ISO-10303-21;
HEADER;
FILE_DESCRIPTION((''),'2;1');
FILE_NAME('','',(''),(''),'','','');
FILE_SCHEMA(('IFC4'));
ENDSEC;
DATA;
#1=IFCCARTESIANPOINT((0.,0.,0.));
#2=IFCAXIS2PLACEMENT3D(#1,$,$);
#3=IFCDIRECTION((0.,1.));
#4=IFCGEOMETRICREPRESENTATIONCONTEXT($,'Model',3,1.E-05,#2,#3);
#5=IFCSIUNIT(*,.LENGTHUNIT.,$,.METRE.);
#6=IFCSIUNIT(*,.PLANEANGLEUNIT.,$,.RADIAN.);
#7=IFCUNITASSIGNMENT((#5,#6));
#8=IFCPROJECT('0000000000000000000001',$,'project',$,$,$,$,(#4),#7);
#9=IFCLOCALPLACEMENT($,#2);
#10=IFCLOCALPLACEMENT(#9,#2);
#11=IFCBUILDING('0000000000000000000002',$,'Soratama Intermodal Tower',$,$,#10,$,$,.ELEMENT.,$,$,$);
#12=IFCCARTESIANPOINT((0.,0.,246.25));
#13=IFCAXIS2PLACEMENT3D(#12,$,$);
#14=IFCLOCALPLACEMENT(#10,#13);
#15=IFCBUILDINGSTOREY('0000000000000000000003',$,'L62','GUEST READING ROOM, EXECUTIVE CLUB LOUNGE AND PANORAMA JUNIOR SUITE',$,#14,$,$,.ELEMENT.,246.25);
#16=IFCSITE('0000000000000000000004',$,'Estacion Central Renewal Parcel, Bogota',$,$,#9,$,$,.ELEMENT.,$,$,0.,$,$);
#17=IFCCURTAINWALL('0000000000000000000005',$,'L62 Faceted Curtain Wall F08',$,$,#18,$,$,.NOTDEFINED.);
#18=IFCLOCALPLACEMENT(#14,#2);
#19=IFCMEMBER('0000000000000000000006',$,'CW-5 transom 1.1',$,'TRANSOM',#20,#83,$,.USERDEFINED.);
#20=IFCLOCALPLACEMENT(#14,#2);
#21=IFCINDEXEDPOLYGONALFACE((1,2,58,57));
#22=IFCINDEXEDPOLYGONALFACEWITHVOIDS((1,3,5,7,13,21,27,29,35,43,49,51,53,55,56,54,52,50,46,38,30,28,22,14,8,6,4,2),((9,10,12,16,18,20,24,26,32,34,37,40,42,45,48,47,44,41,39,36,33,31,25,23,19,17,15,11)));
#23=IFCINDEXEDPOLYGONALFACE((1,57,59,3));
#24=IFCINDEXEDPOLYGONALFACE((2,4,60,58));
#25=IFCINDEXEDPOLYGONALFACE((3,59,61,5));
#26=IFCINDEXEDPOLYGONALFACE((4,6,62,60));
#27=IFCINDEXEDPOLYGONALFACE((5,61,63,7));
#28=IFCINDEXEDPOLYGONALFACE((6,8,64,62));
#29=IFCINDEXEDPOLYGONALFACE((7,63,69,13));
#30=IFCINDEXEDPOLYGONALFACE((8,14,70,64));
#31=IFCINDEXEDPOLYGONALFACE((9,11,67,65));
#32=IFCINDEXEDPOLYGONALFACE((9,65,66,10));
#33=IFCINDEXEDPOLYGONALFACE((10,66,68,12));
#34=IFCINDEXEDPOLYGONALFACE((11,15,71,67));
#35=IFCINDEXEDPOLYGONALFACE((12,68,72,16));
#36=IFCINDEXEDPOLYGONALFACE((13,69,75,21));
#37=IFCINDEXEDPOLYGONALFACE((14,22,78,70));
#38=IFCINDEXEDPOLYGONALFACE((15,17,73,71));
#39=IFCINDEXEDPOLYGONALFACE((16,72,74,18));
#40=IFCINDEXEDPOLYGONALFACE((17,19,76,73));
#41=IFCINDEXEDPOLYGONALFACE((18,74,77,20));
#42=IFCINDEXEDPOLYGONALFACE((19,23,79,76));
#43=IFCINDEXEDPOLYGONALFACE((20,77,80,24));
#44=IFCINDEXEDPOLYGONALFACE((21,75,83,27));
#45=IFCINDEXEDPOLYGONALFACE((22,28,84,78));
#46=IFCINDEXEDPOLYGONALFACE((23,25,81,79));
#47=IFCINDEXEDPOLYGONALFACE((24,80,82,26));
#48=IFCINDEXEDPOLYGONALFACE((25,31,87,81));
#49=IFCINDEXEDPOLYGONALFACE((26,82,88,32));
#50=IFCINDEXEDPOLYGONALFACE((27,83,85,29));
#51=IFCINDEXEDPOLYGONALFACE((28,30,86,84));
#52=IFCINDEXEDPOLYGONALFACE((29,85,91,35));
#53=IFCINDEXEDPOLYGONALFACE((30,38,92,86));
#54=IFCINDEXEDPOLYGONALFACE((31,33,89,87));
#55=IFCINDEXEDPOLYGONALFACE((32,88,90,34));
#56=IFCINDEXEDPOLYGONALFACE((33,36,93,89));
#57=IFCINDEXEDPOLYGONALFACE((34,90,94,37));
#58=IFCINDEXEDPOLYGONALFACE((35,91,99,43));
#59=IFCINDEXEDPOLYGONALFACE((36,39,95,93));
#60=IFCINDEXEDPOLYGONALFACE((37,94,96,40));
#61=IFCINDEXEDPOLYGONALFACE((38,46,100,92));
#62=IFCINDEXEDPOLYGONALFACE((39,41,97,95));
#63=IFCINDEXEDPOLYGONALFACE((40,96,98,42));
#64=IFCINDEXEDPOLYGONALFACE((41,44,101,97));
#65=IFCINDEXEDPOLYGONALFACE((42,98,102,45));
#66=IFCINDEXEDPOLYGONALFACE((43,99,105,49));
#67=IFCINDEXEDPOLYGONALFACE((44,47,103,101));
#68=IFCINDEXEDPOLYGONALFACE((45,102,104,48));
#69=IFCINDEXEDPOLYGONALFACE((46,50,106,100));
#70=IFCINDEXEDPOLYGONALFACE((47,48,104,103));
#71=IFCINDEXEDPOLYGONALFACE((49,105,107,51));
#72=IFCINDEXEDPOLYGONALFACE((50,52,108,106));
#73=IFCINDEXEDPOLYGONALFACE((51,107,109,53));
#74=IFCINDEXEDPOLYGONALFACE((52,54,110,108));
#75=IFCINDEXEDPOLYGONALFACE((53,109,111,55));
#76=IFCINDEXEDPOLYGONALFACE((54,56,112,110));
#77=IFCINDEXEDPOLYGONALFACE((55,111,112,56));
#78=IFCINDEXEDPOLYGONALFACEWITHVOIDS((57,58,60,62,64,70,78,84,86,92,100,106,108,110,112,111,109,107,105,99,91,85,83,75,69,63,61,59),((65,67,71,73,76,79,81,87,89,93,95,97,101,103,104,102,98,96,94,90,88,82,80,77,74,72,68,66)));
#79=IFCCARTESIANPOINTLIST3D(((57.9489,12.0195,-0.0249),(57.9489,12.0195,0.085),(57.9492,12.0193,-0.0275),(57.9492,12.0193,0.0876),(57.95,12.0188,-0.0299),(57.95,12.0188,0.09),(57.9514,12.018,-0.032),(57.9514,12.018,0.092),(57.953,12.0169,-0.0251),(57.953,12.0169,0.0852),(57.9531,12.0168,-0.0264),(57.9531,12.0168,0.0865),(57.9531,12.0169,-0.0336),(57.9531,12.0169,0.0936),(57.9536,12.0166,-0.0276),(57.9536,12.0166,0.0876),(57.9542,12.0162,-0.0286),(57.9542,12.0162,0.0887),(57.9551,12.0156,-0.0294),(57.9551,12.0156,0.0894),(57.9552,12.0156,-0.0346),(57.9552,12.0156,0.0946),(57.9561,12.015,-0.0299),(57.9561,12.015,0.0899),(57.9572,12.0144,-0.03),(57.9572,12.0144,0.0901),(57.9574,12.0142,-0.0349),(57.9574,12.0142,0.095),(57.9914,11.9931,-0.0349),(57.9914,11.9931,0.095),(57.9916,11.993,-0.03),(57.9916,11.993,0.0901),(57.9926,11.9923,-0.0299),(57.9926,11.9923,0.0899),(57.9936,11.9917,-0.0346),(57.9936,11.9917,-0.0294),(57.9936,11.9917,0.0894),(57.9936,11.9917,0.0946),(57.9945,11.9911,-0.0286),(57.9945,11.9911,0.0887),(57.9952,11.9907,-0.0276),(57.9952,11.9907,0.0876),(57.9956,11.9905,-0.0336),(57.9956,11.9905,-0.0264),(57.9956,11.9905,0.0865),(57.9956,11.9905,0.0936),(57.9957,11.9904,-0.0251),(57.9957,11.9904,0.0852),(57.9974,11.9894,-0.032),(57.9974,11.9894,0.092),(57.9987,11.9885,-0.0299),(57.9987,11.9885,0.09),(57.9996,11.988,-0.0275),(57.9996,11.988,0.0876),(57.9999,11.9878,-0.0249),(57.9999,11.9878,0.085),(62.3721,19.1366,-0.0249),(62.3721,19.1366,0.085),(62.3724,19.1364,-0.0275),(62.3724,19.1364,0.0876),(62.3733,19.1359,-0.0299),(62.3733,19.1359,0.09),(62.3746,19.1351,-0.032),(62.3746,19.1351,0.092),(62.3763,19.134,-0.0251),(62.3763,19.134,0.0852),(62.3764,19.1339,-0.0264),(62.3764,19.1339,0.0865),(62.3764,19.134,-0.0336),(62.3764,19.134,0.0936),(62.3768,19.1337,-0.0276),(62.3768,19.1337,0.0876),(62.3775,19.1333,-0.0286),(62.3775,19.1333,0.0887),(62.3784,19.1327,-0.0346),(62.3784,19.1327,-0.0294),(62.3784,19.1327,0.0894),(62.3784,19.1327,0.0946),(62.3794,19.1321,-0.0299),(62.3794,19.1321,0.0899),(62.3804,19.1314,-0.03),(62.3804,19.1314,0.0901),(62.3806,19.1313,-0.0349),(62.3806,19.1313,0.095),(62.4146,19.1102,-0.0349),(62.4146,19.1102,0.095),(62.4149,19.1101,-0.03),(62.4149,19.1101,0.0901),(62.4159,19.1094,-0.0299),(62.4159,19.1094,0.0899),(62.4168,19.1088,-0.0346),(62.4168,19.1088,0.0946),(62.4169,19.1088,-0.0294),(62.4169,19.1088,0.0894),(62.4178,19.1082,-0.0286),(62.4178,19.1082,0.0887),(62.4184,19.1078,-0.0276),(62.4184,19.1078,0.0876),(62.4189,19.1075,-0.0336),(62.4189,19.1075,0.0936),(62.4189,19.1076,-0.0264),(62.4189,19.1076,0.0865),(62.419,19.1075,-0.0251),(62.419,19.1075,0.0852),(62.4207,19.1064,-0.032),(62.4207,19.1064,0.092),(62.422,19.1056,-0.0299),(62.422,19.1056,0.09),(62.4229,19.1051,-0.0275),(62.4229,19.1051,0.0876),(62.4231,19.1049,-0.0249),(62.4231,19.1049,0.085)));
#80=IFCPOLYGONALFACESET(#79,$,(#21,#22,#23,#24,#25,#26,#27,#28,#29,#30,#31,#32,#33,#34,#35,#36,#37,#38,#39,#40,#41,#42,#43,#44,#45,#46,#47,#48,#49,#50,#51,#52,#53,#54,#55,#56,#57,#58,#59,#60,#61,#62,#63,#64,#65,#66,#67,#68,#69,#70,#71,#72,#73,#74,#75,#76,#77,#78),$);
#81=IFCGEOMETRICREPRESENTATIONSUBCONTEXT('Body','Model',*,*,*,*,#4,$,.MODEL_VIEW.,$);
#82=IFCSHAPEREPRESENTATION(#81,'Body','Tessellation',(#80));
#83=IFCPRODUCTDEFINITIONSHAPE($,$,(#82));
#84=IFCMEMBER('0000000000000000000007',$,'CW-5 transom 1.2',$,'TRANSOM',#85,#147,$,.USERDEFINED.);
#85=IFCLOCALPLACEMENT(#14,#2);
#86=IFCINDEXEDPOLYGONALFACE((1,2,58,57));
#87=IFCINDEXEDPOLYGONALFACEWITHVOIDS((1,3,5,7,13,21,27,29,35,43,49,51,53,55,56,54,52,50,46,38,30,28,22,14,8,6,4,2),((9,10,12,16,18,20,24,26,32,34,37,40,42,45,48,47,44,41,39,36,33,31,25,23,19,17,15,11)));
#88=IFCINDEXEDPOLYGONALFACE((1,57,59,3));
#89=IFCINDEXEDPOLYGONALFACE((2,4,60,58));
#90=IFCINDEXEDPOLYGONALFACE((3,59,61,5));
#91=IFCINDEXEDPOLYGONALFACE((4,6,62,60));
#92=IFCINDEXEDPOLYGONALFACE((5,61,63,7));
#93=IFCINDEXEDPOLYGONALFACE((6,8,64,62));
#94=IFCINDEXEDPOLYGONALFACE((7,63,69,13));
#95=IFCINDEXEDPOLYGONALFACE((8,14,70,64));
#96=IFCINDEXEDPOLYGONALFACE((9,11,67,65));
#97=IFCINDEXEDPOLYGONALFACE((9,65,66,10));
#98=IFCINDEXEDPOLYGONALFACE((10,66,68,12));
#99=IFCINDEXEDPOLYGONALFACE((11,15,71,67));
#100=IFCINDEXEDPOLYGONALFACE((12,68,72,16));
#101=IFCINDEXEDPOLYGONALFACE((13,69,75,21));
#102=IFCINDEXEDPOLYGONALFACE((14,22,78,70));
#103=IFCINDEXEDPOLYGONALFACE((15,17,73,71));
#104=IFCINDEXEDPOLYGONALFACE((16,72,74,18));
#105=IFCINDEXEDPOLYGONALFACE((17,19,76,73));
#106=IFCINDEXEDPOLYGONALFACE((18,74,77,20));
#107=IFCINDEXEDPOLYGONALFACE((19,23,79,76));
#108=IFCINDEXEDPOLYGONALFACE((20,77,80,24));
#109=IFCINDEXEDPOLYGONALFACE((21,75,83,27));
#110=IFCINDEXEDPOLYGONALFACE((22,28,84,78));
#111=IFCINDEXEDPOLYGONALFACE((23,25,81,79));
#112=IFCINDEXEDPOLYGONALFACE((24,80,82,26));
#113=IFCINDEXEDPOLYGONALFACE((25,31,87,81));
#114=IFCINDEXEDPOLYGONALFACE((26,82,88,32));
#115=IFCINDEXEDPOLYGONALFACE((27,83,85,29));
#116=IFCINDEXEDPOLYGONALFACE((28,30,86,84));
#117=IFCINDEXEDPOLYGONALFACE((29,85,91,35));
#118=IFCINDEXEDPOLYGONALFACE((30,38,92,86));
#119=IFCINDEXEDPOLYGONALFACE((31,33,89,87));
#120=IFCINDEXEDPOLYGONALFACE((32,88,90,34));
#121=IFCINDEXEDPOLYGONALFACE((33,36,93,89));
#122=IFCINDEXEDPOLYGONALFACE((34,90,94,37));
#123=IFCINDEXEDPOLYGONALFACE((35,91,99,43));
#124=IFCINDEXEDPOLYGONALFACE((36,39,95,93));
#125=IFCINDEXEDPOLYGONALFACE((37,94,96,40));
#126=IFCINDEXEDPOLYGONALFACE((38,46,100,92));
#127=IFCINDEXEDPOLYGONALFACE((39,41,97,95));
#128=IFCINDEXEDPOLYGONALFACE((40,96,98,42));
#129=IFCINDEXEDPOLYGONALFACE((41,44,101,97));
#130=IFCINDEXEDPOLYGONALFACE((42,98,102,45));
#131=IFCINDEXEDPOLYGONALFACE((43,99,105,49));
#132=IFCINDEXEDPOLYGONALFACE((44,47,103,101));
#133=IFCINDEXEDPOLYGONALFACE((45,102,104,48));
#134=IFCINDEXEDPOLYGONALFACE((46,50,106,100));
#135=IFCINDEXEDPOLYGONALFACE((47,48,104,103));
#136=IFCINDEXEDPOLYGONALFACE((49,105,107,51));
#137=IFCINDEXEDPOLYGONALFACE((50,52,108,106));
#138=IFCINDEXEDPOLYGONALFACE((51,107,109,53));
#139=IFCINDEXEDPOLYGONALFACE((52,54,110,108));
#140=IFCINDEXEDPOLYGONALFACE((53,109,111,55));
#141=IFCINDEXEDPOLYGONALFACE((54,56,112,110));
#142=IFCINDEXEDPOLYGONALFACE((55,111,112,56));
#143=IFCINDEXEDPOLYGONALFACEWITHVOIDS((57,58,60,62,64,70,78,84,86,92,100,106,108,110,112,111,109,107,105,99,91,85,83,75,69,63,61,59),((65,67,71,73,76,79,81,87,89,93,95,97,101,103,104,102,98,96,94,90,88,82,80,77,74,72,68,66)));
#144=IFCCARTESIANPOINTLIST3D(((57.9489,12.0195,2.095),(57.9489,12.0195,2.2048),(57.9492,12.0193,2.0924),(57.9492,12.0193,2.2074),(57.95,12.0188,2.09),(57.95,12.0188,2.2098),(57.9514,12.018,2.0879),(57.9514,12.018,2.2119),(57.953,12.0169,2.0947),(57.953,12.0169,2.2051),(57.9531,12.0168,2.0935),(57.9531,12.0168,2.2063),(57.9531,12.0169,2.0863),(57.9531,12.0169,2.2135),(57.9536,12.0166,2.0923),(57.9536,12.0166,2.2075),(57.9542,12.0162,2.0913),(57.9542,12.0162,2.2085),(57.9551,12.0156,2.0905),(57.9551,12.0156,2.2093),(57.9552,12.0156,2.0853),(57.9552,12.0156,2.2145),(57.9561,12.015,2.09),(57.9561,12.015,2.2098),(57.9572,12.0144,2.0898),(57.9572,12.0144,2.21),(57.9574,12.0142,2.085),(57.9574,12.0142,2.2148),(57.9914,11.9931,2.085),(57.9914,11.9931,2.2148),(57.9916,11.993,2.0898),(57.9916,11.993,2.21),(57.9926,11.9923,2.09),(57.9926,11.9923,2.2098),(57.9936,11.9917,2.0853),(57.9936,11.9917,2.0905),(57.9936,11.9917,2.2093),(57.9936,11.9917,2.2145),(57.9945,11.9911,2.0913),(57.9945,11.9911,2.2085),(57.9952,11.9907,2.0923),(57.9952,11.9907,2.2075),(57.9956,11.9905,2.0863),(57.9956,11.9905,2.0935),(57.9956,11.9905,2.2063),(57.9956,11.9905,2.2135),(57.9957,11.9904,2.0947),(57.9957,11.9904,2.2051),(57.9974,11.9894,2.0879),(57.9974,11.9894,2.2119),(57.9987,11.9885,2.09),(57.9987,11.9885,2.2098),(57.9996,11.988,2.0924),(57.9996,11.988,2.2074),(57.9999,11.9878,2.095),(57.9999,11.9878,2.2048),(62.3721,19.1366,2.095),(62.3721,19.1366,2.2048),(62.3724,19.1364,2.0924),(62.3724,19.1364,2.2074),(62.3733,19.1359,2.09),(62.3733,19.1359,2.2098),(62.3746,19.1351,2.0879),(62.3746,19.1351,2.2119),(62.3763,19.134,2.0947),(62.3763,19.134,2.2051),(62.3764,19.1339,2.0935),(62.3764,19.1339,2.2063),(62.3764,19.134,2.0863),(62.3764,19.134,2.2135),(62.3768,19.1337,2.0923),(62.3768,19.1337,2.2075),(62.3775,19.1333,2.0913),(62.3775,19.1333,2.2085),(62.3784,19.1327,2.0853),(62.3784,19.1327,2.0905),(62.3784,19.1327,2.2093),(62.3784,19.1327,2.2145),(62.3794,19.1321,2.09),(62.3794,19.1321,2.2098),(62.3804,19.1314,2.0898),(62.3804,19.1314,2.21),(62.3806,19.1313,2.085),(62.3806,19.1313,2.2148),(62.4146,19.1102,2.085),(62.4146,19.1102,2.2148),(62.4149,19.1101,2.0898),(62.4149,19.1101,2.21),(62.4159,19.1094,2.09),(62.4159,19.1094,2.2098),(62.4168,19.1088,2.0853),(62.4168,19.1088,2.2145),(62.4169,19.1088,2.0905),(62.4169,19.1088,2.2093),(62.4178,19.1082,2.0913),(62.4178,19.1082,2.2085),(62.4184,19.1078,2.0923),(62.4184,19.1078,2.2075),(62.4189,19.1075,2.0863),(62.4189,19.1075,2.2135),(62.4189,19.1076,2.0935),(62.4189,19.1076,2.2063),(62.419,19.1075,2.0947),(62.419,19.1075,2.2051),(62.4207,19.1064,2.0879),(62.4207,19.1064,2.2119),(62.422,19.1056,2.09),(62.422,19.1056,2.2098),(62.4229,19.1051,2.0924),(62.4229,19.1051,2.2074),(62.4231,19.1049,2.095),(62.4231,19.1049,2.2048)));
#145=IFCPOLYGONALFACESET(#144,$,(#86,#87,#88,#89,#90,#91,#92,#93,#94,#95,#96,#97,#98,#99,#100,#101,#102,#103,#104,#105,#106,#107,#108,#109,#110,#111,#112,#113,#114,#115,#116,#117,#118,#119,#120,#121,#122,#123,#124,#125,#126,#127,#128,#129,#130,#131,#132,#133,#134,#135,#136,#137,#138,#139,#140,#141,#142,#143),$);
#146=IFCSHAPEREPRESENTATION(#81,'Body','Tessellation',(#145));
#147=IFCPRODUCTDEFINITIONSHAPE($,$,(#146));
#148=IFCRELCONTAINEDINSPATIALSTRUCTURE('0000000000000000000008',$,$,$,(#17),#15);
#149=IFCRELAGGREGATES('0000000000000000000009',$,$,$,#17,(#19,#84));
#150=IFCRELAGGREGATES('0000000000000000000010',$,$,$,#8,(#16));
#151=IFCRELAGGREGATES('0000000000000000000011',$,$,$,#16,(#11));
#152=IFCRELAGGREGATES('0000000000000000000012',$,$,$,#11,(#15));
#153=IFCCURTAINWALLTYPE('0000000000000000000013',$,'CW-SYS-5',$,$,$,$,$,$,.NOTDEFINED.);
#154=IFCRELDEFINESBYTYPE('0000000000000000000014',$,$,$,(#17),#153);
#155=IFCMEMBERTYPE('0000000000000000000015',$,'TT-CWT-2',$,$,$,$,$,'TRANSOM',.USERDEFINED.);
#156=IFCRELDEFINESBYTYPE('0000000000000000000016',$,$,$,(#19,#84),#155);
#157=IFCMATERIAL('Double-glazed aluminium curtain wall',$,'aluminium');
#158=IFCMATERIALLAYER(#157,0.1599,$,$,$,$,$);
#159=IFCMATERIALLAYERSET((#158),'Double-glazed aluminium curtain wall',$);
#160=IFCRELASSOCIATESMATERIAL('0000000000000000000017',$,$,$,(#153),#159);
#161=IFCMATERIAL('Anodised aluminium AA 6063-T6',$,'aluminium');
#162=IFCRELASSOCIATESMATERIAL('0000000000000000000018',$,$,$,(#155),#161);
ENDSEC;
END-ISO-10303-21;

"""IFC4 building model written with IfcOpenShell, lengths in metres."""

from ifc_helpers import new_model, si_unit, direction, frame, origin, origin_2d, place, context, subcontext, project, spatial, hollow_rectangle, extrude, material, layer, layer_set, material_profile, profile_set, type_object, element, aggregate, save


model = new_model("IFC4")

# Units and contexts
model_context = context("Model", 3, precision=1e-05, world=origin(), true_north=direction((0.0, 1.0)))
body_context = subcontext(model_context, "Body", "Model", "MODEL_VIEW")
ifc_project = project(units=[si_unit("LENGTHUNIT", "METRE"), si_unit("PLANEANGLEUNIT", "RADIAN")], contexts=[model_context])

# Site, building, storey
site_placement = place(None, origin())
site = spatial("IfcSite", under=ifc_project, at=site_placement, Name="Estacion Central Renewal Parcel, Bogota", CompositionType="ELEMENT", RefElevation=0.0)
building_placement = place(site_placement, origin())
building = spatial("IfcBuilding", under=site, at=building_placement, Name="Soratama Intermodal Tower", CompositionType="ELEMENT")
storey_placement = place(building_placement, frame((0.0, 0.0, 246.25)))
storey = spatial("IfcBuildingStorey", under=building, at=storey_placement, Name="L62", Description="GUEST READING ROOM, EXECUTIVE CLUB LOUNGE AND PANORAMA JUNIOR SUITE", CompositionType="ELEMENT", Elevation=246.25)

# Curtain wall, members
ifc_material_1 = material(Name="Double-glazed aluminium curtain wall", Category="aluminium")
ifc_layer_1 = layer(ifc_material_1, 0.1599)
ifc_layer_set_1 = layer_set([ifc_layer_1], Name="Double-glazed aluminium curtain wall")
curtain_wall_type = type_object("IfcCurtainWallType", Name="CW-SYS-5", PredefinedType="NOTDEFINED", material=ifc_layer_set_1)
curtain_wall_placement = place(storey_placement, origin())
curtain_wall = element("IfcCurtainWall", 1, at=curtain_wall_placement, inside=storey, type_object=curtain_wall_type, Name="L62 Faceted Curtain Wall F08", PredefinedType="NOTDEFINED")
ifc_material_2 = material(Name="Anodised aluminium AA 6063-T6", Category="aluminium")
ifc_material_profile_1 = material_profile(ifc_material_2, hollow_rectangle(XDim=0.0601, YDim=0.1299, WallThickness=0.0049, InnerFilletRadius=0.0049, OuterFilletRadius=0.01, at=origin_2d()), Name="CWT130X60X5")
ifc_profile_set_1 = profile_set([ifc_material_profile_1], Name="Anodised aluminium AA 6063-T6")
member_type_1 = type_object("IfcMemberType", Name="TT-CWT-2", ElementType="TRANSOM", PredefinedType="USERDEFINED", material=ifc_profile_set_1)
member_1_placement = place(storey_placement, frame((57.9744, 12.0037, 0.03), z_axis=(0.52786, 0.849331, 0.0), x_axis=(-0.849331, 0.52786, 0.0)))
member_1 = element("IfcMember", 2, at=member_1_placement, type_object=member_type_1, Name="CW-5 transom 1.1", ObjectType="TRANSOM", PredefinedType="USERDEFINED", context=body_context, shape_type="SweptSolid", body=[
    extrude(hollow_rectangle(XDim=0.0601, YDim=0.1299, WallThickness=0.0049, InnerFilletRadius=0.0049, OuterFilletRadius=0.01, at=origin_2d()), origin(), (0.0, 0.0, 1.0), 8.3796),
])
member_2_placement = place(storey_placement, frame((57.9744, 12.0037, 2.1499), z_axis=(0.52786, 0.849331, 0.0), x_axis=(-0.849331, 0.52786, 0.0)))
member_2 = element("IfcMember", 3, at=member_2_placement, type_object=member_type_1, Name="CW-5 transom 1.2", ObjectType="TRANSOM", PredefinedType="USERDEFINED", context=body_context, shape_type="SweptSolid", body=[
    extrude(hollow_rectangle(XDim=0.0601, YDim=0.1299, WallThickness=0.0049, InnerFilletRadius=0.0049, OuterFilletRadius=0.01, at=origin_2d()), origin(), (0.0, 0.0, 1.0), 8.3796),
])
aggregate(curtain_wall, [member_1, member_2])

save(model, "model.ifc")
